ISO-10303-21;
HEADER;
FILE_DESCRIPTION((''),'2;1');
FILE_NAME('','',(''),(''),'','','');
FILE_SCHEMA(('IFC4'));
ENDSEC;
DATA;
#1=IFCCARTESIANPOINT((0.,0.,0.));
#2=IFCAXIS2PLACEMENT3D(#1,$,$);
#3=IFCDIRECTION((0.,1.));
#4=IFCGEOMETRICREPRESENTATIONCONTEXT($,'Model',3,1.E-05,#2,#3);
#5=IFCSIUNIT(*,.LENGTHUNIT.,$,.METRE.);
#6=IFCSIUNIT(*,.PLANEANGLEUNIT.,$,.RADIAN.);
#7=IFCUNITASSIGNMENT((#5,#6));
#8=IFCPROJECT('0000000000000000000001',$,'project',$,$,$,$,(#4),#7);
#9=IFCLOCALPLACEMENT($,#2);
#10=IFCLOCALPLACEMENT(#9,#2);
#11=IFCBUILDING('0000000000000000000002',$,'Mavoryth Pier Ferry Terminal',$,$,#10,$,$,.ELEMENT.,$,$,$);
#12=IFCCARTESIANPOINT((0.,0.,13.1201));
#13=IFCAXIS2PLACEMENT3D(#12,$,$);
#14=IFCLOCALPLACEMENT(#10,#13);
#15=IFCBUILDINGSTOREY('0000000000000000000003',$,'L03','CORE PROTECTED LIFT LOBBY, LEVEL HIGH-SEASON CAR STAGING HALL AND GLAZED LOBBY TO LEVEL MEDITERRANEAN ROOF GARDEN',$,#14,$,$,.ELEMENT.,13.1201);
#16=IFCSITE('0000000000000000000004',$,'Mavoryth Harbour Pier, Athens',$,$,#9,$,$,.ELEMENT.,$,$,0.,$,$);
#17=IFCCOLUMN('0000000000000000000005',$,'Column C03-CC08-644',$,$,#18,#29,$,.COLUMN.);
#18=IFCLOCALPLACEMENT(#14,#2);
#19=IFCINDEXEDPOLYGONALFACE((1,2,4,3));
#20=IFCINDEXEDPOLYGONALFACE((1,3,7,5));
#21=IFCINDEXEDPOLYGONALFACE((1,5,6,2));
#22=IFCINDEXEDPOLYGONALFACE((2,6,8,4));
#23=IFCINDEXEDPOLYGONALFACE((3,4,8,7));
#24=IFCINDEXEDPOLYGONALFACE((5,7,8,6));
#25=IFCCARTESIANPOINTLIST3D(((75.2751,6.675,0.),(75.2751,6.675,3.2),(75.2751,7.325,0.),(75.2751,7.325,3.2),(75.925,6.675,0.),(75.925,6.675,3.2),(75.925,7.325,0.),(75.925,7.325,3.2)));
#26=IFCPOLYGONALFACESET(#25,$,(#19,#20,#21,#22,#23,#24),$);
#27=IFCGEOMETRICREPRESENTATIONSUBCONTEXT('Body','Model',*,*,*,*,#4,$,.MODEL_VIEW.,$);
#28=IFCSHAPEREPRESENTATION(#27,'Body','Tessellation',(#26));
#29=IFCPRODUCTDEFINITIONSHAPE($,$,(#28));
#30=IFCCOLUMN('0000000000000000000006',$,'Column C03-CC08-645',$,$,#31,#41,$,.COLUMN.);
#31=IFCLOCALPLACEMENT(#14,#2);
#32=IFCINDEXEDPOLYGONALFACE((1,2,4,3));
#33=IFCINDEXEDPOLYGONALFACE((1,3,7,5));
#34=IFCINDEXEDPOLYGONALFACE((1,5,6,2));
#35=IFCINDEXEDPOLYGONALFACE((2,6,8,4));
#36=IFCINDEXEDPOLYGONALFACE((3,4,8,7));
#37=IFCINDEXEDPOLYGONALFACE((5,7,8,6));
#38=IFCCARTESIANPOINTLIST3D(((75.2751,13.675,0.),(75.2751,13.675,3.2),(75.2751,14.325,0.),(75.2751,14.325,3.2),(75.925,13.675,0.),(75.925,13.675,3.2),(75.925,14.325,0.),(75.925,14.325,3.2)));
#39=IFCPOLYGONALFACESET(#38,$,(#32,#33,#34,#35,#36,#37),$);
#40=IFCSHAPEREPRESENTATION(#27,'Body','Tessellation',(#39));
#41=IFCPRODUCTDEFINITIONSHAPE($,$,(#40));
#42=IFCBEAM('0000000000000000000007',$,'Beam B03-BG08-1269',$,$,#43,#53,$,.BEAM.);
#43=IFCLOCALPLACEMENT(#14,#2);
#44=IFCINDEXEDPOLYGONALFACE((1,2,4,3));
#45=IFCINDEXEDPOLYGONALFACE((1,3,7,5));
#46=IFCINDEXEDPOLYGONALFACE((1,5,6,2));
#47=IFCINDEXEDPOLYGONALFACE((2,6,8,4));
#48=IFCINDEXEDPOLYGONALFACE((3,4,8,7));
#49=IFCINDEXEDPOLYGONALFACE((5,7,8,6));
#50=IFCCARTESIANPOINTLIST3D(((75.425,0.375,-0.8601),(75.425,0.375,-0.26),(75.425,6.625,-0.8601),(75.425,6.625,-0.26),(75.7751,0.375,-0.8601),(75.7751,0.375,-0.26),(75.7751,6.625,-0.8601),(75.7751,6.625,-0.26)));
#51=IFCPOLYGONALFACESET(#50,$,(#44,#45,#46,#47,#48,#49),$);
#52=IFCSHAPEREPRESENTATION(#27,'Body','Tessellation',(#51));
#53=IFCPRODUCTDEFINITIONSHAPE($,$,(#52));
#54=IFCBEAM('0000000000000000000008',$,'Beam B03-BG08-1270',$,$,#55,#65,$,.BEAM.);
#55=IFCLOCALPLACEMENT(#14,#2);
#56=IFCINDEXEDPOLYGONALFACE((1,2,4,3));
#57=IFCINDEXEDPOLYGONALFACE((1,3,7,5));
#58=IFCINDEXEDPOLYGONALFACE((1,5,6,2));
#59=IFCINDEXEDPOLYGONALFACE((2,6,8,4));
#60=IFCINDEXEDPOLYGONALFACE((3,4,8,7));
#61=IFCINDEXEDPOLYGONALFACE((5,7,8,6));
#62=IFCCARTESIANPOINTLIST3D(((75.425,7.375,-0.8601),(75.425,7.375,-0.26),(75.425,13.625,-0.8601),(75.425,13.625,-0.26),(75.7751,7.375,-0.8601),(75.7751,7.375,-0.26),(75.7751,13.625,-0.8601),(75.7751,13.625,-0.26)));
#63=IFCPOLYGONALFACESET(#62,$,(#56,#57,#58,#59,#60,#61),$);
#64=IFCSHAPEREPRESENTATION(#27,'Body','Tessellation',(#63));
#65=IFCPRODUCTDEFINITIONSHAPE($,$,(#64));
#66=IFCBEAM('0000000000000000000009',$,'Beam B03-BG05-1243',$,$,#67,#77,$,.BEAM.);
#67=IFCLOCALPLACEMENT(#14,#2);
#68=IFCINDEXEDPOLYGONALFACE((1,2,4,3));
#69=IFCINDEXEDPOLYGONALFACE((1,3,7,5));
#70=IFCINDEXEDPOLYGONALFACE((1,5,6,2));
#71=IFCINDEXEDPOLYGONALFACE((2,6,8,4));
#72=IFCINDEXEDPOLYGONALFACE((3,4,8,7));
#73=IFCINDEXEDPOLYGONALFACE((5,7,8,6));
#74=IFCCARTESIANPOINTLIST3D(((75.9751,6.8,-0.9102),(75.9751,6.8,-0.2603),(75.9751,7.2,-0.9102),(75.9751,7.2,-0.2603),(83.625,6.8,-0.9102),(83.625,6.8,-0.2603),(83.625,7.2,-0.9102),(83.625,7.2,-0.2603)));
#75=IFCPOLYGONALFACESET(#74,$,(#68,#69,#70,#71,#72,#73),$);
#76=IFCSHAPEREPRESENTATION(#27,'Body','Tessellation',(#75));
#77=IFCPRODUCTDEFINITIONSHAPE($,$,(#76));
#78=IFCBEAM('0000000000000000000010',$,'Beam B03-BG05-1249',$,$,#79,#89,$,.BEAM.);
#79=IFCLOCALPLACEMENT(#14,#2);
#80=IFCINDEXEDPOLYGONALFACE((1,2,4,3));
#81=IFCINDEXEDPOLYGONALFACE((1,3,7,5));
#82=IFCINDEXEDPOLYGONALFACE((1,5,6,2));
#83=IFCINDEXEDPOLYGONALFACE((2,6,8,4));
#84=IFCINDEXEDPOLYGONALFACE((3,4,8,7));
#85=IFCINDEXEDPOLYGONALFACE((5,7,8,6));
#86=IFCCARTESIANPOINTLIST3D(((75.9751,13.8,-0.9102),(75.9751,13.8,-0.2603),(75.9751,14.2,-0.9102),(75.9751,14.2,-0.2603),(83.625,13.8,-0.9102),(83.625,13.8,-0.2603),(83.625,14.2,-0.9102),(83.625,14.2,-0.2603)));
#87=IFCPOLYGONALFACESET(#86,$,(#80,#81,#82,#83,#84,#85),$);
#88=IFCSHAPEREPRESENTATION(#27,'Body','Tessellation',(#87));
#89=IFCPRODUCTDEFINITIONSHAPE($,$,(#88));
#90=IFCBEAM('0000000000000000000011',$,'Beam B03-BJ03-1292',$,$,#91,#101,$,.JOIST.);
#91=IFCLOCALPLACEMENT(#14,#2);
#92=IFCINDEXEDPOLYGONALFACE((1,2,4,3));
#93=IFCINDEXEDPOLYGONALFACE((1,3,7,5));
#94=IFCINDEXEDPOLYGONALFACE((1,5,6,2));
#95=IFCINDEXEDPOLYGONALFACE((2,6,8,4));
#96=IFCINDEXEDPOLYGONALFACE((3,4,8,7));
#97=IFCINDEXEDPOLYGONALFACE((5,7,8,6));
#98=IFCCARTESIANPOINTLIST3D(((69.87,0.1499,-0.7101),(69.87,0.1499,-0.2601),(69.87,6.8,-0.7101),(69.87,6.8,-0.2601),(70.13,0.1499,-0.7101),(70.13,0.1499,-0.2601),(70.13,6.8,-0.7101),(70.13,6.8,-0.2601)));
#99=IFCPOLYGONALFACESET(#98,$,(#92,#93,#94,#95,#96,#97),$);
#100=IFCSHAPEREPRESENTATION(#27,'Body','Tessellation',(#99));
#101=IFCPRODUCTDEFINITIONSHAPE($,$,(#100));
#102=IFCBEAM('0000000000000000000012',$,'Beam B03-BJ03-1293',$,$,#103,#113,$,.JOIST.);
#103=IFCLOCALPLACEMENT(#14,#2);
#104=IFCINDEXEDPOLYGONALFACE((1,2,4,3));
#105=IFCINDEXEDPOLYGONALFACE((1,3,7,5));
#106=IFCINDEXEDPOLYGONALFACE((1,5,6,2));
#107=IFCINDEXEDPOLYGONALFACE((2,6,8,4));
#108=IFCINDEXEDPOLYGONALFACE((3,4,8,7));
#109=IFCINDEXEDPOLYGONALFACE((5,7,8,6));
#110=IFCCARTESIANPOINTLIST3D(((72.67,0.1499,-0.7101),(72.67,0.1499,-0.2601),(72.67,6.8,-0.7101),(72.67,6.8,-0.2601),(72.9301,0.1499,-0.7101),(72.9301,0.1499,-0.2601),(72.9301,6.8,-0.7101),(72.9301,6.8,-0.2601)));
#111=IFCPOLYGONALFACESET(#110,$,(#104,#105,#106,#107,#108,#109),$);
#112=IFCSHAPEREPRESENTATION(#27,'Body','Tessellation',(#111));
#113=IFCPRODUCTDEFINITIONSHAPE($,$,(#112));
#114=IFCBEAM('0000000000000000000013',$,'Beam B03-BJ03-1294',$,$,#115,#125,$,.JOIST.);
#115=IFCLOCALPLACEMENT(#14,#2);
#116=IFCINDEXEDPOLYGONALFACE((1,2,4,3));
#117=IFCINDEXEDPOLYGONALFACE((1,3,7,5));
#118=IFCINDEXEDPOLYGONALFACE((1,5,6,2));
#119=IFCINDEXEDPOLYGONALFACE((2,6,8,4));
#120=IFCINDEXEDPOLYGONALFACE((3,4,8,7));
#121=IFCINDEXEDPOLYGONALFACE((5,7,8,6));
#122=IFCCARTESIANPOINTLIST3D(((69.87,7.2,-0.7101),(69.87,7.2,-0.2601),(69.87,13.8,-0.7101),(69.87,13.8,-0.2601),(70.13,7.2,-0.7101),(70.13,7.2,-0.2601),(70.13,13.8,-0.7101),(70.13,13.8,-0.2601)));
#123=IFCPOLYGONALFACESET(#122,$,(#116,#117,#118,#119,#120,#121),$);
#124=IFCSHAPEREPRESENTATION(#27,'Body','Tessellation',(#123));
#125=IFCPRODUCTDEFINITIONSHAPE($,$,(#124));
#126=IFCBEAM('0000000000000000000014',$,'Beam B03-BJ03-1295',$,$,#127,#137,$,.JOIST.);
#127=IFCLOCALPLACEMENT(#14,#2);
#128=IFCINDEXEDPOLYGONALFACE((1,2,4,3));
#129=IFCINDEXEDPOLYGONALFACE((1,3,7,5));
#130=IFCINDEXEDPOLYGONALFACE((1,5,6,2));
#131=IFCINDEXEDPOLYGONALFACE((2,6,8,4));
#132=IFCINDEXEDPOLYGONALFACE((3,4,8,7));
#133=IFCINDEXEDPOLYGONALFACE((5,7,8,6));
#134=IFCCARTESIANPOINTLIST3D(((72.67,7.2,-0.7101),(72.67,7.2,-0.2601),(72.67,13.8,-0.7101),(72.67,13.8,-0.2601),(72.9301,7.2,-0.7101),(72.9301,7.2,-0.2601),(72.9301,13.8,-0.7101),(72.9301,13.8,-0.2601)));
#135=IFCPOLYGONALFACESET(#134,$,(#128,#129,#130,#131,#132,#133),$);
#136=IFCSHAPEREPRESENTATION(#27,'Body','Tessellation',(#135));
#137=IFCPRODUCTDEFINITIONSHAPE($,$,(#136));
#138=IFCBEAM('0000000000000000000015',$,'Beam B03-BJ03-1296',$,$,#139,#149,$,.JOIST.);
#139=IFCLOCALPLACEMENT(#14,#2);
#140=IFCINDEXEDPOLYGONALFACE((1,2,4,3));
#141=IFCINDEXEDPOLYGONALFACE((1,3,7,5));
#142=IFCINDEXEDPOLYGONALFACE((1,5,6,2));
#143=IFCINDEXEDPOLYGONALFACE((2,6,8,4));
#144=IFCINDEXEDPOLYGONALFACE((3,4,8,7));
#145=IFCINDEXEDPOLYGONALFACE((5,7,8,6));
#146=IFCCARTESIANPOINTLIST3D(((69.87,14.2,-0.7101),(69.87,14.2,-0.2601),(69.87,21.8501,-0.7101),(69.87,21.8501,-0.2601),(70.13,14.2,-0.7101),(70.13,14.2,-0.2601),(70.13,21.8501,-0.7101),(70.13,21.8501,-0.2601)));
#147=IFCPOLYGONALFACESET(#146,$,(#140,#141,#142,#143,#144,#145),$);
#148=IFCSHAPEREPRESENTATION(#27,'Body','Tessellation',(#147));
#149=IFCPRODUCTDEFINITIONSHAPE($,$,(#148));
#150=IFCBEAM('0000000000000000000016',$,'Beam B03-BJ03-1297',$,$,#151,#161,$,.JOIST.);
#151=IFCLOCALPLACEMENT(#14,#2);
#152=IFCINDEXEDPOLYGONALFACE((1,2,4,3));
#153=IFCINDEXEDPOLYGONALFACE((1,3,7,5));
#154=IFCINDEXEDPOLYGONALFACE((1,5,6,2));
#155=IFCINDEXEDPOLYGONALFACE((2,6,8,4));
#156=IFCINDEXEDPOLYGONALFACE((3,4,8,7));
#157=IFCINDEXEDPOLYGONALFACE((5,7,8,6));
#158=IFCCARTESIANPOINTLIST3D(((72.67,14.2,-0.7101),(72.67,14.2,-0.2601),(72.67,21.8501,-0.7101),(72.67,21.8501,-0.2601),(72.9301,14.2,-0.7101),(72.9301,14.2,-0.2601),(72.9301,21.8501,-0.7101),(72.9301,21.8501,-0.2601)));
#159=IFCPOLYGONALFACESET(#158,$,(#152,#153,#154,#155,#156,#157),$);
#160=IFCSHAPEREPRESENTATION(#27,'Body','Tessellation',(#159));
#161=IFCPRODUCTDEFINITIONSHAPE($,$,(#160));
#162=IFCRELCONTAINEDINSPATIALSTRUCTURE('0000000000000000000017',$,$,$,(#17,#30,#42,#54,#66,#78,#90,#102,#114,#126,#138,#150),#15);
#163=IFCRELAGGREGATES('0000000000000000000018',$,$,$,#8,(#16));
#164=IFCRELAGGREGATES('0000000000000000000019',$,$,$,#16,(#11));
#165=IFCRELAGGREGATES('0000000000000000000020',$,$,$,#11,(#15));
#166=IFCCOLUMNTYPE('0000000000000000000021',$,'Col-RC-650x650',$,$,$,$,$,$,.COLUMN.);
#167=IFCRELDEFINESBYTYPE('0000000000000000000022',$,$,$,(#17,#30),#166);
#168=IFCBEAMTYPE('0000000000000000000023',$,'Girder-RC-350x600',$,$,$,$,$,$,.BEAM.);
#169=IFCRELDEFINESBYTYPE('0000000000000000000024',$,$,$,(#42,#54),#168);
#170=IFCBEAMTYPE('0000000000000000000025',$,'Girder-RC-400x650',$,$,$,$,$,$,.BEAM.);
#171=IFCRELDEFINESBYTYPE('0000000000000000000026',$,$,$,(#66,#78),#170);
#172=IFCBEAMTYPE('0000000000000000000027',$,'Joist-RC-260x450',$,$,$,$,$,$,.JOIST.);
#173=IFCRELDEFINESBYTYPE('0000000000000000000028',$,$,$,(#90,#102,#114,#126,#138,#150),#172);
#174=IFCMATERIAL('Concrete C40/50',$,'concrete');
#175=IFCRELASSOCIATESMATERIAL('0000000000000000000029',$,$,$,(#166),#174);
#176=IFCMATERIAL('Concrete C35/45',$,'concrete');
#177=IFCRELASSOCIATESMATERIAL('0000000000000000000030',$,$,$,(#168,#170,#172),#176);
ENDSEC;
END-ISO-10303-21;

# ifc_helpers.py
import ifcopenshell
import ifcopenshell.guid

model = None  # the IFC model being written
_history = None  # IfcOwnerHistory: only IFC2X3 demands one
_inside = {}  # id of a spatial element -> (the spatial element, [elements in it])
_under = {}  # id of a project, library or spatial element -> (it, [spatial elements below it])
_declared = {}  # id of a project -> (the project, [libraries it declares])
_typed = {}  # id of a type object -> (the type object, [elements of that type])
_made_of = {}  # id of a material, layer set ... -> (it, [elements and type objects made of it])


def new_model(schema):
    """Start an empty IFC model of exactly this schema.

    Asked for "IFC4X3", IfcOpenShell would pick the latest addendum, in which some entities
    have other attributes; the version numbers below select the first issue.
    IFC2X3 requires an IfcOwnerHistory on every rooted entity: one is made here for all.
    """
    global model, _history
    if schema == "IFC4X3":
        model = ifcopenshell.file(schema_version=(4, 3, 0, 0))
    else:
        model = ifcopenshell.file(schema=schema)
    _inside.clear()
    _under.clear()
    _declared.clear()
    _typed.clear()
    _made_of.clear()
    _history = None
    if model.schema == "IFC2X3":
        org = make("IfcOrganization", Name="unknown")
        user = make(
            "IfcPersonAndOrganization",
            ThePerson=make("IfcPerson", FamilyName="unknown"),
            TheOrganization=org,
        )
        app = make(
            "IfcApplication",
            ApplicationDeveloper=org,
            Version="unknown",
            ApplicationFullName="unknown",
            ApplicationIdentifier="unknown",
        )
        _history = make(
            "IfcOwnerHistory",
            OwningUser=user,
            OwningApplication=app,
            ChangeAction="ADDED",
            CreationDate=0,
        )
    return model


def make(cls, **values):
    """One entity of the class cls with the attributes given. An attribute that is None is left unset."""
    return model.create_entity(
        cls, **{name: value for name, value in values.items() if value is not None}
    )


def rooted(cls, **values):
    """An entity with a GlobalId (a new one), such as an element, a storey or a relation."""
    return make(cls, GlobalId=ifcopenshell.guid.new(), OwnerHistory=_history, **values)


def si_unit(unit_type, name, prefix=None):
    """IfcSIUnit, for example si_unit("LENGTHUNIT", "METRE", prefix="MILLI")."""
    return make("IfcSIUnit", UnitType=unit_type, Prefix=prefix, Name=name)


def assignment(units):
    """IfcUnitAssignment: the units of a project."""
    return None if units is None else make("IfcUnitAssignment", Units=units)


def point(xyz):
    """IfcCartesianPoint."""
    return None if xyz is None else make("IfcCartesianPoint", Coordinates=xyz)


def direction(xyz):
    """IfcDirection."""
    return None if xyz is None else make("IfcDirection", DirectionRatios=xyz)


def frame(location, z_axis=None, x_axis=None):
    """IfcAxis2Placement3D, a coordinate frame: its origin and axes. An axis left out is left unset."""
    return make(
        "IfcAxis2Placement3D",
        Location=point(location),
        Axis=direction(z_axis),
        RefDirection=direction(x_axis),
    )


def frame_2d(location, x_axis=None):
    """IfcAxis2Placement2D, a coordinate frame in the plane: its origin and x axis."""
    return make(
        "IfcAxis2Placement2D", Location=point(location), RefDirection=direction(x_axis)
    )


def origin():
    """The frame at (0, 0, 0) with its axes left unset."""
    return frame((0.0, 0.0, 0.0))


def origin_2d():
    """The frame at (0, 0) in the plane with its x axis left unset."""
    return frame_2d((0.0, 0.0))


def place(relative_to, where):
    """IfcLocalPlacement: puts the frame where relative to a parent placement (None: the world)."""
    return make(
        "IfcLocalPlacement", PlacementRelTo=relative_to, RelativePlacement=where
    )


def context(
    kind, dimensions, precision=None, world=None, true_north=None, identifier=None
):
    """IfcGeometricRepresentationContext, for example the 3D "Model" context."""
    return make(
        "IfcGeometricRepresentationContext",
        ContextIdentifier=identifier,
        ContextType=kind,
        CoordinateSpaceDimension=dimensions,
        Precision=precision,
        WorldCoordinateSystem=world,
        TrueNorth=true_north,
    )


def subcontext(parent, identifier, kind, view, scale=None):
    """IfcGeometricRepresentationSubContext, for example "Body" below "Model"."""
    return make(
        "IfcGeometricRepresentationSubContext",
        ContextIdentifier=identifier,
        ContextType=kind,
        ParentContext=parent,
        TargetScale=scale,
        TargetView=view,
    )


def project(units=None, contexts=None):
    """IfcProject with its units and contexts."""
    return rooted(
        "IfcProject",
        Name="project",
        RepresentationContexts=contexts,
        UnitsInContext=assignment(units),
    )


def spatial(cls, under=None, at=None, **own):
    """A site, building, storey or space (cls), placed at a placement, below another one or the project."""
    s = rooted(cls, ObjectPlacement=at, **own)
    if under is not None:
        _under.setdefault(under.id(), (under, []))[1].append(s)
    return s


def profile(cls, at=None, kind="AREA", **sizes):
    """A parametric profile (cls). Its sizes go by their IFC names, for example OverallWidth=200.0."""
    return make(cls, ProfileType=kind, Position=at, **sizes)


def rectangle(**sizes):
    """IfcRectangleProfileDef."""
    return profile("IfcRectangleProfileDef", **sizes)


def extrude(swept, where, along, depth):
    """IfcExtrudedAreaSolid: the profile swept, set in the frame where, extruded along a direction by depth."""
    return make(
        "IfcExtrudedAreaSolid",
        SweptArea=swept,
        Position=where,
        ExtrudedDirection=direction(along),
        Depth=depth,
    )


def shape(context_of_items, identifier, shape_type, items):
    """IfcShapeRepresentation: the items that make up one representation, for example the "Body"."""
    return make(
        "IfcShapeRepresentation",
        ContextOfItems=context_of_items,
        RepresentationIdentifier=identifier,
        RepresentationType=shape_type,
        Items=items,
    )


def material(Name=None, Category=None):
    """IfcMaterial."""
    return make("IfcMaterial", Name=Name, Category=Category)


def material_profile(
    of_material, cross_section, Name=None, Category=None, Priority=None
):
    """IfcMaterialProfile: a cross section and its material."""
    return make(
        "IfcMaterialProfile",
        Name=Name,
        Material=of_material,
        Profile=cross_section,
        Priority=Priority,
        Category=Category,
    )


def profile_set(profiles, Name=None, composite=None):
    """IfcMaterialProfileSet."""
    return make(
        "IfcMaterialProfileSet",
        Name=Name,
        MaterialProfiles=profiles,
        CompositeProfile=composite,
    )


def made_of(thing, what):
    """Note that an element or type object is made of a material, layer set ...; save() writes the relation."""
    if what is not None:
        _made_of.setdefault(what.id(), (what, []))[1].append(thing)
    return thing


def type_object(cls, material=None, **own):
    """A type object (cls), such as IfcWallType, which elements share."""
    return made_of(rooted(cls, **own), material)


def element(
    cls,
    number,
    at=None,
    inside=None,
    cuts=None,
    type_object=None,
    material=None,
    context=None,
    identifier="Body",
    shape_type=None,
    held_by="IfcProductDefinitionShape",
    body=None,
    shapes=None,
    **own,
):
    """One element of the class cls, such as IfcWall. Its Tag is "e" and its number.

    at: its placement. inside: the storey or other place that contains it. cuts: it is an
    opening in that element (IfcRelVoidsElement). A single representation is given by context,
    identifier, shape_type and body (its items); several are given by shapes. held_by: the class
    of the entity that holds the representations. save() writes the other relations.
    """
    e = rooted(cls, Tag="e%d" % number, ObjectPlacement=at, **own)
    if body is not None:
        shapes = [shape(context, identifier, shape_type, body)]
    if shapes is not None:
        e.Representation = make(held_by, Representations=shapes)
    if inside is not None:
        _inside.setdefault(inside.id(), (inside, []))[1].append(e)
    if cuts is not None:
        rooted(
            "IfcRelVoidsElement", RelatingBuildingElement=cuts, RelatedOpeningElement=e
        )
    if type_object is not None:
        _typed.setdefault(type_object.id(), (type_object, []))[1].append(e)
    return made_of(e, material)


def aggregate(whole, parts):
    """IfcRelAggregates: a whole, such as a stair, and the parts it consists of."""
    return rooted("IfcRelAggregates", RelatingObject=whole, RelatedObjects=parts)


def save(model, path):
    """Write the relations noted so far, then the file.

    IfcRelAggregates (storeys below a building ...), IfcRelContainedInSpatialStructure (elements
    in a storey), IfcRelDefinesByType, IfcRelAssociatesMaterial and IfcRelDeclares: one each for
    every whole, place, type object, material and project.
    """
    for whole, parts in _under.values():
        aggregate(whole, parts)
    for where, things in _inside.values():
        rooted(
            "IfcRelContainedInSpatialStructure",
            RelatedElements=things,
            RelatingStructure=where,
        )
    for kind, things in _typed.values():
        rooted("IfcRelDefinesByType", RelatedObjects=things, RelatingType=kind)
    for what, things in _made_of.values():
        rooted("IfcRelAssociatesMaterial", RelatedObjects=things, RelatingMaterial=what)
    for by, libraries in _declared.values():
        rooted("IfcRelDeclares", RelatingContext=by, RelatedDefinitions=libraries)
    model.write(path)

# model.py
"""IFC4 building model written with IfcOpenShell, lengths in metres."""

from ifc_helpers import new_model, si_unit, direction, frame, origin, origin_2d, place, context, subcontext, project, spatial, rectangle, extrude, material, material_profile, profile_set, type_object, element, save


model = new_model("IFC4")

# Units and contexts
model_context = context("Model", 3, precision=1e-05, world=origin(), true_north=direction((0.0, 1.0)))
body_context = subcontext(model_context, "Body", "Model", "MODEL_VIEW")
ifc_project = project(units=[si_unit("LENGTHUNIT", "METRE"), si_unit("PLANEANGLEUNIT", "RADIAN")], contexts=[model_context])

# Site, building, storey
site_placement = place(None, origin())
site = spatial("IfcSite", under=ifc_project, at=site_placement, Name="Mavoryth Harbour Pier, Athens", CompositionType="ELEMENT", RefElevation=0.0)
building_placement = place(site_placement, origin())
building = spatial("IfcBuilding", under=site, at=building_placement, Name="Mavoryth Pier Ferry Terminal", CompositionType="ELEMENT")
storey_placement = place(building_placement, frame((0.0, 0.0, 13.1201)))
storey = spatial("IfcBuildingStorey", under=building, at=storey_placement, Name="L03", Description="CORE PROTECTED LIFT LOBBY, LEVEL HIGH-SEASON CAR STAGING HALL AND GLAZED LOBBY TO LEVEL MEDITERRANEAN ROOF GARDEN", CompositionType="ELEMENT", Elevation=13.1201)

# Columns
ifc_material_1 = material(Name="Concrete C40/50", Category="concrete")
ifc_material_profile_1 = material_profile(ifc_material_1, rectangle(XDim=0.6499, YDim=0.6499, at=origin_2d()), Name="RC 650x650", Category="concrete")
ifc_profile_set_1 = profile_set([ifc_material_profile_1], Name="Concrete C40/50 - RC 650x650")
column_type = type_object("IfcColumnType", Name="Col-RC-650x650", PredefinedType="COLUMN", material=ifc_profile_set_1)
for number, where, z_axis, x_axis, name in (
    (1, (75.6001, 7.0, 0.0), (0.0, 0.0, 1.0), (1.0, 0.0, 0.0), "Column C03-CC08-644"),
    (2, (75.6001, 14.0, 0.0), (0.0, 0.0, 1.0), (1.0, 0.0, 0.0), "Column C03-CC08-645"),
):
    element("IfcColumn", number, at=place(storey_placement, frame(where, z_axis=z_axis, x_axis=x_axis)), inside=storey, type_object=column_type, Name=name, PredefinedType="COLUMN", context=body_context, shape_type="SweptSolid", body=[
        extrude(rectangle(XDim=0.6499, YDim=0.6499, at=origin_2d()), origin(), (0.0, 0.0, 1.0), 3.2),
    ])

# Beams
ifc_material_2 = material(Name="Concrete C35/45", Category="concrete")
ifc_material_profile_2 = material_profile(ifc_material_2, rectangle(XDim=0.3501, YDim=0.6001, at=origin_2d()), Name="RC 350x600", Category="concrete")
ifc_profile_set_2 = profile_set([ifc_material_profile_2], Name="Concrete C35/45 - RC 350x600")
beam_type_1 = type_object("IfcBeamType", Name="Girder-RC-350x600", PredefinedType="BEAM", material=ifc_profile_set_2)
for number, where, z_axis, x_axis, name in (
    (3, (75.6001, 0.375, -0.5601), (0.0, 1.0, 0.0), (-1.0, 0.0, 0.0), "Beam B03-BG08-1269"),
    (4, (75.6001, 7.375, -0.5601), (0.0, 1.0, 0.0), (-1.0, 0.0, 0.0), "Beam B03-BG08-1270"),
):
    element("IfcBeam", number, at=place(storey_placement, frame(where, z_axis=z_axis, x_axis=x_axis)), inside=storey, type_object=beam_type_1, Name=name, PredefinedType="BEAM", context=body_context, shape_type="SweptSolid", body=[
        extrude(rectangle(XDim=0.3501, YDim=0.6001, at=origin_2d()), origin(), (0.0, 0.0, 1.0), 6.25),
    ])
ifc_material_profile_3 = material_profile(ifc_material_2, rectangle(XDim=0.3999, YDim=0.6499, at=origin_2d()), Name="RC 400x650", Category="concrete")
ifc_profile_set_3 = profile_set([ifc_material_profile_3], Name="Concrete C35/45 - RC 400x650")
beam_type_2 = type_object("IfcBeamType", Name="Girder-RC-400x650", PredefinedType="BEAM", material=ifc_profile_set_3)
for number, where, z_axis, x_axis, name in (
    (5, (75.9751, 7.0, -0.5852), (1.0, 0.0, 0.0), (0.0, 1.0, 0.0), "Beam B03-BG05-1243"),
    (6, (75.9751, 14.0, -0.5852), (1.0, 0.0, 0.0), (0.0, 1.0, 0.0), "Beam B03-BG05-1249"),
):
    element("IfcBeam", number, at=place(storey_placement, frame(where, z_axis=z_axis, x_axis=x_axis)), inside=storey, type_object=beam_type_2, Name=name, PredefinedType="BEAM", context=body_context, shape_type="SweptSolid", body=[
        extrude(rectangle(XDim=0.3999, YDim=0.6499, at=origin_2d()), origin(), (0.0, 0.0, 1.0), 7.6499),
    ])
ifc_material_profile_4 = material_profile(ifc_material_2, rectangle(XDim=0.26, YDim=0.45, at=origin_2d()), Name="RC 260x450", Category="concrete")
ifc_profile_set_4 = profile_set([ifc_material_profile_4], Name="Concrete C35/45 - RC 260x450")
beam_type_3 = type_object("IfcBeamType", Name="Joist-RC-260x450", PredefinedType="JOIST", material=ifc_profile_set_4)
for number, where, z_axis, x_axis, name in (
    (7, (70.0, 0.1499, -0.4851), (0.0, 1.0, 0.0), (-1.0, 0.0, 0.0), "Beam B03-BJ03-1292"),
    (8, (72.8, 0.1499, -0.4851), (0.0, 1.0, 0.0), (-1.0, 0.0, 0.0), "Beam B03-BJ03-1293"),
):
    element("IfcBeam", number, at=place(storey_placement, frame(where, z_axis=z_axis, x_axis=x_axis)), inside=storey, type_object=beam_type_3, Name=name, PredefinedType="JOIST", context=body_context, shape_type="SweptSolid", body=[
        extrude(rectangle(XDim=0.26, YDim=0.45, at=origin_2d()), origin(), (0.0, 0.0, 1.0), 6.6501),
    ])
for number, where, z_axis, x_axis, name in (
    (9, (70.0, 7.2, -0.4851), (0.0, 1.0, 0.0), (-1.0, 0.0, 0.0), "Beam B03-BJ03-1294"),
    (10, (72.8, 7.2, -0.4851), (0.0, 1.0, 0.0), (-1.0, 0.0, 0.0), "Beam B03-BJ03-1295"),
):
    element("IfcBeam", number, at=place(storey_placement, frame(where, z_axis=z_axis, x_axis=x_axis)), inside=storey, type_object=beam_type_3, Name=name, PredefinedType="JOIST", context=body_context, shape_type="SweptSolid", body=[
        extrude(rectangle(XDim=0.26, YDim=0.45, at=origin_2d()), origin(), (0.0, 0.0, 1.0), 6.6001),
    ])
for number, where, z_axis, x_axis, name in (
    (11, (70.0, 14.2, -0.4851), (0.0, 1.0, 0.0), (-1.0, 0.0, 0.0), "Beam B03-BJ03-1296"),
    (12, (72.8, 14.2, -0.4851), (0.0, 1.0, 0.0), (-1.0, 0.0, 0.0), "Beam B03-BJ03-1297"),
):
    element("IfcBeam", number, at=place(storey_placement, frame(where, z_axis=z_axis, x_axis=x_axis)), inside=storey, type_object=beam_type_3, Name=name, PredefinedType="JOIST", context=body_context, shape_type="SweptSolid", body=[
        extrude(rectangle(XDim=0.26, YDim=0.45, at=origin_2d()), origin(), (0.0, 0.0, 1.0), 7.6501),
    ])

save(model, "model.ifc")
